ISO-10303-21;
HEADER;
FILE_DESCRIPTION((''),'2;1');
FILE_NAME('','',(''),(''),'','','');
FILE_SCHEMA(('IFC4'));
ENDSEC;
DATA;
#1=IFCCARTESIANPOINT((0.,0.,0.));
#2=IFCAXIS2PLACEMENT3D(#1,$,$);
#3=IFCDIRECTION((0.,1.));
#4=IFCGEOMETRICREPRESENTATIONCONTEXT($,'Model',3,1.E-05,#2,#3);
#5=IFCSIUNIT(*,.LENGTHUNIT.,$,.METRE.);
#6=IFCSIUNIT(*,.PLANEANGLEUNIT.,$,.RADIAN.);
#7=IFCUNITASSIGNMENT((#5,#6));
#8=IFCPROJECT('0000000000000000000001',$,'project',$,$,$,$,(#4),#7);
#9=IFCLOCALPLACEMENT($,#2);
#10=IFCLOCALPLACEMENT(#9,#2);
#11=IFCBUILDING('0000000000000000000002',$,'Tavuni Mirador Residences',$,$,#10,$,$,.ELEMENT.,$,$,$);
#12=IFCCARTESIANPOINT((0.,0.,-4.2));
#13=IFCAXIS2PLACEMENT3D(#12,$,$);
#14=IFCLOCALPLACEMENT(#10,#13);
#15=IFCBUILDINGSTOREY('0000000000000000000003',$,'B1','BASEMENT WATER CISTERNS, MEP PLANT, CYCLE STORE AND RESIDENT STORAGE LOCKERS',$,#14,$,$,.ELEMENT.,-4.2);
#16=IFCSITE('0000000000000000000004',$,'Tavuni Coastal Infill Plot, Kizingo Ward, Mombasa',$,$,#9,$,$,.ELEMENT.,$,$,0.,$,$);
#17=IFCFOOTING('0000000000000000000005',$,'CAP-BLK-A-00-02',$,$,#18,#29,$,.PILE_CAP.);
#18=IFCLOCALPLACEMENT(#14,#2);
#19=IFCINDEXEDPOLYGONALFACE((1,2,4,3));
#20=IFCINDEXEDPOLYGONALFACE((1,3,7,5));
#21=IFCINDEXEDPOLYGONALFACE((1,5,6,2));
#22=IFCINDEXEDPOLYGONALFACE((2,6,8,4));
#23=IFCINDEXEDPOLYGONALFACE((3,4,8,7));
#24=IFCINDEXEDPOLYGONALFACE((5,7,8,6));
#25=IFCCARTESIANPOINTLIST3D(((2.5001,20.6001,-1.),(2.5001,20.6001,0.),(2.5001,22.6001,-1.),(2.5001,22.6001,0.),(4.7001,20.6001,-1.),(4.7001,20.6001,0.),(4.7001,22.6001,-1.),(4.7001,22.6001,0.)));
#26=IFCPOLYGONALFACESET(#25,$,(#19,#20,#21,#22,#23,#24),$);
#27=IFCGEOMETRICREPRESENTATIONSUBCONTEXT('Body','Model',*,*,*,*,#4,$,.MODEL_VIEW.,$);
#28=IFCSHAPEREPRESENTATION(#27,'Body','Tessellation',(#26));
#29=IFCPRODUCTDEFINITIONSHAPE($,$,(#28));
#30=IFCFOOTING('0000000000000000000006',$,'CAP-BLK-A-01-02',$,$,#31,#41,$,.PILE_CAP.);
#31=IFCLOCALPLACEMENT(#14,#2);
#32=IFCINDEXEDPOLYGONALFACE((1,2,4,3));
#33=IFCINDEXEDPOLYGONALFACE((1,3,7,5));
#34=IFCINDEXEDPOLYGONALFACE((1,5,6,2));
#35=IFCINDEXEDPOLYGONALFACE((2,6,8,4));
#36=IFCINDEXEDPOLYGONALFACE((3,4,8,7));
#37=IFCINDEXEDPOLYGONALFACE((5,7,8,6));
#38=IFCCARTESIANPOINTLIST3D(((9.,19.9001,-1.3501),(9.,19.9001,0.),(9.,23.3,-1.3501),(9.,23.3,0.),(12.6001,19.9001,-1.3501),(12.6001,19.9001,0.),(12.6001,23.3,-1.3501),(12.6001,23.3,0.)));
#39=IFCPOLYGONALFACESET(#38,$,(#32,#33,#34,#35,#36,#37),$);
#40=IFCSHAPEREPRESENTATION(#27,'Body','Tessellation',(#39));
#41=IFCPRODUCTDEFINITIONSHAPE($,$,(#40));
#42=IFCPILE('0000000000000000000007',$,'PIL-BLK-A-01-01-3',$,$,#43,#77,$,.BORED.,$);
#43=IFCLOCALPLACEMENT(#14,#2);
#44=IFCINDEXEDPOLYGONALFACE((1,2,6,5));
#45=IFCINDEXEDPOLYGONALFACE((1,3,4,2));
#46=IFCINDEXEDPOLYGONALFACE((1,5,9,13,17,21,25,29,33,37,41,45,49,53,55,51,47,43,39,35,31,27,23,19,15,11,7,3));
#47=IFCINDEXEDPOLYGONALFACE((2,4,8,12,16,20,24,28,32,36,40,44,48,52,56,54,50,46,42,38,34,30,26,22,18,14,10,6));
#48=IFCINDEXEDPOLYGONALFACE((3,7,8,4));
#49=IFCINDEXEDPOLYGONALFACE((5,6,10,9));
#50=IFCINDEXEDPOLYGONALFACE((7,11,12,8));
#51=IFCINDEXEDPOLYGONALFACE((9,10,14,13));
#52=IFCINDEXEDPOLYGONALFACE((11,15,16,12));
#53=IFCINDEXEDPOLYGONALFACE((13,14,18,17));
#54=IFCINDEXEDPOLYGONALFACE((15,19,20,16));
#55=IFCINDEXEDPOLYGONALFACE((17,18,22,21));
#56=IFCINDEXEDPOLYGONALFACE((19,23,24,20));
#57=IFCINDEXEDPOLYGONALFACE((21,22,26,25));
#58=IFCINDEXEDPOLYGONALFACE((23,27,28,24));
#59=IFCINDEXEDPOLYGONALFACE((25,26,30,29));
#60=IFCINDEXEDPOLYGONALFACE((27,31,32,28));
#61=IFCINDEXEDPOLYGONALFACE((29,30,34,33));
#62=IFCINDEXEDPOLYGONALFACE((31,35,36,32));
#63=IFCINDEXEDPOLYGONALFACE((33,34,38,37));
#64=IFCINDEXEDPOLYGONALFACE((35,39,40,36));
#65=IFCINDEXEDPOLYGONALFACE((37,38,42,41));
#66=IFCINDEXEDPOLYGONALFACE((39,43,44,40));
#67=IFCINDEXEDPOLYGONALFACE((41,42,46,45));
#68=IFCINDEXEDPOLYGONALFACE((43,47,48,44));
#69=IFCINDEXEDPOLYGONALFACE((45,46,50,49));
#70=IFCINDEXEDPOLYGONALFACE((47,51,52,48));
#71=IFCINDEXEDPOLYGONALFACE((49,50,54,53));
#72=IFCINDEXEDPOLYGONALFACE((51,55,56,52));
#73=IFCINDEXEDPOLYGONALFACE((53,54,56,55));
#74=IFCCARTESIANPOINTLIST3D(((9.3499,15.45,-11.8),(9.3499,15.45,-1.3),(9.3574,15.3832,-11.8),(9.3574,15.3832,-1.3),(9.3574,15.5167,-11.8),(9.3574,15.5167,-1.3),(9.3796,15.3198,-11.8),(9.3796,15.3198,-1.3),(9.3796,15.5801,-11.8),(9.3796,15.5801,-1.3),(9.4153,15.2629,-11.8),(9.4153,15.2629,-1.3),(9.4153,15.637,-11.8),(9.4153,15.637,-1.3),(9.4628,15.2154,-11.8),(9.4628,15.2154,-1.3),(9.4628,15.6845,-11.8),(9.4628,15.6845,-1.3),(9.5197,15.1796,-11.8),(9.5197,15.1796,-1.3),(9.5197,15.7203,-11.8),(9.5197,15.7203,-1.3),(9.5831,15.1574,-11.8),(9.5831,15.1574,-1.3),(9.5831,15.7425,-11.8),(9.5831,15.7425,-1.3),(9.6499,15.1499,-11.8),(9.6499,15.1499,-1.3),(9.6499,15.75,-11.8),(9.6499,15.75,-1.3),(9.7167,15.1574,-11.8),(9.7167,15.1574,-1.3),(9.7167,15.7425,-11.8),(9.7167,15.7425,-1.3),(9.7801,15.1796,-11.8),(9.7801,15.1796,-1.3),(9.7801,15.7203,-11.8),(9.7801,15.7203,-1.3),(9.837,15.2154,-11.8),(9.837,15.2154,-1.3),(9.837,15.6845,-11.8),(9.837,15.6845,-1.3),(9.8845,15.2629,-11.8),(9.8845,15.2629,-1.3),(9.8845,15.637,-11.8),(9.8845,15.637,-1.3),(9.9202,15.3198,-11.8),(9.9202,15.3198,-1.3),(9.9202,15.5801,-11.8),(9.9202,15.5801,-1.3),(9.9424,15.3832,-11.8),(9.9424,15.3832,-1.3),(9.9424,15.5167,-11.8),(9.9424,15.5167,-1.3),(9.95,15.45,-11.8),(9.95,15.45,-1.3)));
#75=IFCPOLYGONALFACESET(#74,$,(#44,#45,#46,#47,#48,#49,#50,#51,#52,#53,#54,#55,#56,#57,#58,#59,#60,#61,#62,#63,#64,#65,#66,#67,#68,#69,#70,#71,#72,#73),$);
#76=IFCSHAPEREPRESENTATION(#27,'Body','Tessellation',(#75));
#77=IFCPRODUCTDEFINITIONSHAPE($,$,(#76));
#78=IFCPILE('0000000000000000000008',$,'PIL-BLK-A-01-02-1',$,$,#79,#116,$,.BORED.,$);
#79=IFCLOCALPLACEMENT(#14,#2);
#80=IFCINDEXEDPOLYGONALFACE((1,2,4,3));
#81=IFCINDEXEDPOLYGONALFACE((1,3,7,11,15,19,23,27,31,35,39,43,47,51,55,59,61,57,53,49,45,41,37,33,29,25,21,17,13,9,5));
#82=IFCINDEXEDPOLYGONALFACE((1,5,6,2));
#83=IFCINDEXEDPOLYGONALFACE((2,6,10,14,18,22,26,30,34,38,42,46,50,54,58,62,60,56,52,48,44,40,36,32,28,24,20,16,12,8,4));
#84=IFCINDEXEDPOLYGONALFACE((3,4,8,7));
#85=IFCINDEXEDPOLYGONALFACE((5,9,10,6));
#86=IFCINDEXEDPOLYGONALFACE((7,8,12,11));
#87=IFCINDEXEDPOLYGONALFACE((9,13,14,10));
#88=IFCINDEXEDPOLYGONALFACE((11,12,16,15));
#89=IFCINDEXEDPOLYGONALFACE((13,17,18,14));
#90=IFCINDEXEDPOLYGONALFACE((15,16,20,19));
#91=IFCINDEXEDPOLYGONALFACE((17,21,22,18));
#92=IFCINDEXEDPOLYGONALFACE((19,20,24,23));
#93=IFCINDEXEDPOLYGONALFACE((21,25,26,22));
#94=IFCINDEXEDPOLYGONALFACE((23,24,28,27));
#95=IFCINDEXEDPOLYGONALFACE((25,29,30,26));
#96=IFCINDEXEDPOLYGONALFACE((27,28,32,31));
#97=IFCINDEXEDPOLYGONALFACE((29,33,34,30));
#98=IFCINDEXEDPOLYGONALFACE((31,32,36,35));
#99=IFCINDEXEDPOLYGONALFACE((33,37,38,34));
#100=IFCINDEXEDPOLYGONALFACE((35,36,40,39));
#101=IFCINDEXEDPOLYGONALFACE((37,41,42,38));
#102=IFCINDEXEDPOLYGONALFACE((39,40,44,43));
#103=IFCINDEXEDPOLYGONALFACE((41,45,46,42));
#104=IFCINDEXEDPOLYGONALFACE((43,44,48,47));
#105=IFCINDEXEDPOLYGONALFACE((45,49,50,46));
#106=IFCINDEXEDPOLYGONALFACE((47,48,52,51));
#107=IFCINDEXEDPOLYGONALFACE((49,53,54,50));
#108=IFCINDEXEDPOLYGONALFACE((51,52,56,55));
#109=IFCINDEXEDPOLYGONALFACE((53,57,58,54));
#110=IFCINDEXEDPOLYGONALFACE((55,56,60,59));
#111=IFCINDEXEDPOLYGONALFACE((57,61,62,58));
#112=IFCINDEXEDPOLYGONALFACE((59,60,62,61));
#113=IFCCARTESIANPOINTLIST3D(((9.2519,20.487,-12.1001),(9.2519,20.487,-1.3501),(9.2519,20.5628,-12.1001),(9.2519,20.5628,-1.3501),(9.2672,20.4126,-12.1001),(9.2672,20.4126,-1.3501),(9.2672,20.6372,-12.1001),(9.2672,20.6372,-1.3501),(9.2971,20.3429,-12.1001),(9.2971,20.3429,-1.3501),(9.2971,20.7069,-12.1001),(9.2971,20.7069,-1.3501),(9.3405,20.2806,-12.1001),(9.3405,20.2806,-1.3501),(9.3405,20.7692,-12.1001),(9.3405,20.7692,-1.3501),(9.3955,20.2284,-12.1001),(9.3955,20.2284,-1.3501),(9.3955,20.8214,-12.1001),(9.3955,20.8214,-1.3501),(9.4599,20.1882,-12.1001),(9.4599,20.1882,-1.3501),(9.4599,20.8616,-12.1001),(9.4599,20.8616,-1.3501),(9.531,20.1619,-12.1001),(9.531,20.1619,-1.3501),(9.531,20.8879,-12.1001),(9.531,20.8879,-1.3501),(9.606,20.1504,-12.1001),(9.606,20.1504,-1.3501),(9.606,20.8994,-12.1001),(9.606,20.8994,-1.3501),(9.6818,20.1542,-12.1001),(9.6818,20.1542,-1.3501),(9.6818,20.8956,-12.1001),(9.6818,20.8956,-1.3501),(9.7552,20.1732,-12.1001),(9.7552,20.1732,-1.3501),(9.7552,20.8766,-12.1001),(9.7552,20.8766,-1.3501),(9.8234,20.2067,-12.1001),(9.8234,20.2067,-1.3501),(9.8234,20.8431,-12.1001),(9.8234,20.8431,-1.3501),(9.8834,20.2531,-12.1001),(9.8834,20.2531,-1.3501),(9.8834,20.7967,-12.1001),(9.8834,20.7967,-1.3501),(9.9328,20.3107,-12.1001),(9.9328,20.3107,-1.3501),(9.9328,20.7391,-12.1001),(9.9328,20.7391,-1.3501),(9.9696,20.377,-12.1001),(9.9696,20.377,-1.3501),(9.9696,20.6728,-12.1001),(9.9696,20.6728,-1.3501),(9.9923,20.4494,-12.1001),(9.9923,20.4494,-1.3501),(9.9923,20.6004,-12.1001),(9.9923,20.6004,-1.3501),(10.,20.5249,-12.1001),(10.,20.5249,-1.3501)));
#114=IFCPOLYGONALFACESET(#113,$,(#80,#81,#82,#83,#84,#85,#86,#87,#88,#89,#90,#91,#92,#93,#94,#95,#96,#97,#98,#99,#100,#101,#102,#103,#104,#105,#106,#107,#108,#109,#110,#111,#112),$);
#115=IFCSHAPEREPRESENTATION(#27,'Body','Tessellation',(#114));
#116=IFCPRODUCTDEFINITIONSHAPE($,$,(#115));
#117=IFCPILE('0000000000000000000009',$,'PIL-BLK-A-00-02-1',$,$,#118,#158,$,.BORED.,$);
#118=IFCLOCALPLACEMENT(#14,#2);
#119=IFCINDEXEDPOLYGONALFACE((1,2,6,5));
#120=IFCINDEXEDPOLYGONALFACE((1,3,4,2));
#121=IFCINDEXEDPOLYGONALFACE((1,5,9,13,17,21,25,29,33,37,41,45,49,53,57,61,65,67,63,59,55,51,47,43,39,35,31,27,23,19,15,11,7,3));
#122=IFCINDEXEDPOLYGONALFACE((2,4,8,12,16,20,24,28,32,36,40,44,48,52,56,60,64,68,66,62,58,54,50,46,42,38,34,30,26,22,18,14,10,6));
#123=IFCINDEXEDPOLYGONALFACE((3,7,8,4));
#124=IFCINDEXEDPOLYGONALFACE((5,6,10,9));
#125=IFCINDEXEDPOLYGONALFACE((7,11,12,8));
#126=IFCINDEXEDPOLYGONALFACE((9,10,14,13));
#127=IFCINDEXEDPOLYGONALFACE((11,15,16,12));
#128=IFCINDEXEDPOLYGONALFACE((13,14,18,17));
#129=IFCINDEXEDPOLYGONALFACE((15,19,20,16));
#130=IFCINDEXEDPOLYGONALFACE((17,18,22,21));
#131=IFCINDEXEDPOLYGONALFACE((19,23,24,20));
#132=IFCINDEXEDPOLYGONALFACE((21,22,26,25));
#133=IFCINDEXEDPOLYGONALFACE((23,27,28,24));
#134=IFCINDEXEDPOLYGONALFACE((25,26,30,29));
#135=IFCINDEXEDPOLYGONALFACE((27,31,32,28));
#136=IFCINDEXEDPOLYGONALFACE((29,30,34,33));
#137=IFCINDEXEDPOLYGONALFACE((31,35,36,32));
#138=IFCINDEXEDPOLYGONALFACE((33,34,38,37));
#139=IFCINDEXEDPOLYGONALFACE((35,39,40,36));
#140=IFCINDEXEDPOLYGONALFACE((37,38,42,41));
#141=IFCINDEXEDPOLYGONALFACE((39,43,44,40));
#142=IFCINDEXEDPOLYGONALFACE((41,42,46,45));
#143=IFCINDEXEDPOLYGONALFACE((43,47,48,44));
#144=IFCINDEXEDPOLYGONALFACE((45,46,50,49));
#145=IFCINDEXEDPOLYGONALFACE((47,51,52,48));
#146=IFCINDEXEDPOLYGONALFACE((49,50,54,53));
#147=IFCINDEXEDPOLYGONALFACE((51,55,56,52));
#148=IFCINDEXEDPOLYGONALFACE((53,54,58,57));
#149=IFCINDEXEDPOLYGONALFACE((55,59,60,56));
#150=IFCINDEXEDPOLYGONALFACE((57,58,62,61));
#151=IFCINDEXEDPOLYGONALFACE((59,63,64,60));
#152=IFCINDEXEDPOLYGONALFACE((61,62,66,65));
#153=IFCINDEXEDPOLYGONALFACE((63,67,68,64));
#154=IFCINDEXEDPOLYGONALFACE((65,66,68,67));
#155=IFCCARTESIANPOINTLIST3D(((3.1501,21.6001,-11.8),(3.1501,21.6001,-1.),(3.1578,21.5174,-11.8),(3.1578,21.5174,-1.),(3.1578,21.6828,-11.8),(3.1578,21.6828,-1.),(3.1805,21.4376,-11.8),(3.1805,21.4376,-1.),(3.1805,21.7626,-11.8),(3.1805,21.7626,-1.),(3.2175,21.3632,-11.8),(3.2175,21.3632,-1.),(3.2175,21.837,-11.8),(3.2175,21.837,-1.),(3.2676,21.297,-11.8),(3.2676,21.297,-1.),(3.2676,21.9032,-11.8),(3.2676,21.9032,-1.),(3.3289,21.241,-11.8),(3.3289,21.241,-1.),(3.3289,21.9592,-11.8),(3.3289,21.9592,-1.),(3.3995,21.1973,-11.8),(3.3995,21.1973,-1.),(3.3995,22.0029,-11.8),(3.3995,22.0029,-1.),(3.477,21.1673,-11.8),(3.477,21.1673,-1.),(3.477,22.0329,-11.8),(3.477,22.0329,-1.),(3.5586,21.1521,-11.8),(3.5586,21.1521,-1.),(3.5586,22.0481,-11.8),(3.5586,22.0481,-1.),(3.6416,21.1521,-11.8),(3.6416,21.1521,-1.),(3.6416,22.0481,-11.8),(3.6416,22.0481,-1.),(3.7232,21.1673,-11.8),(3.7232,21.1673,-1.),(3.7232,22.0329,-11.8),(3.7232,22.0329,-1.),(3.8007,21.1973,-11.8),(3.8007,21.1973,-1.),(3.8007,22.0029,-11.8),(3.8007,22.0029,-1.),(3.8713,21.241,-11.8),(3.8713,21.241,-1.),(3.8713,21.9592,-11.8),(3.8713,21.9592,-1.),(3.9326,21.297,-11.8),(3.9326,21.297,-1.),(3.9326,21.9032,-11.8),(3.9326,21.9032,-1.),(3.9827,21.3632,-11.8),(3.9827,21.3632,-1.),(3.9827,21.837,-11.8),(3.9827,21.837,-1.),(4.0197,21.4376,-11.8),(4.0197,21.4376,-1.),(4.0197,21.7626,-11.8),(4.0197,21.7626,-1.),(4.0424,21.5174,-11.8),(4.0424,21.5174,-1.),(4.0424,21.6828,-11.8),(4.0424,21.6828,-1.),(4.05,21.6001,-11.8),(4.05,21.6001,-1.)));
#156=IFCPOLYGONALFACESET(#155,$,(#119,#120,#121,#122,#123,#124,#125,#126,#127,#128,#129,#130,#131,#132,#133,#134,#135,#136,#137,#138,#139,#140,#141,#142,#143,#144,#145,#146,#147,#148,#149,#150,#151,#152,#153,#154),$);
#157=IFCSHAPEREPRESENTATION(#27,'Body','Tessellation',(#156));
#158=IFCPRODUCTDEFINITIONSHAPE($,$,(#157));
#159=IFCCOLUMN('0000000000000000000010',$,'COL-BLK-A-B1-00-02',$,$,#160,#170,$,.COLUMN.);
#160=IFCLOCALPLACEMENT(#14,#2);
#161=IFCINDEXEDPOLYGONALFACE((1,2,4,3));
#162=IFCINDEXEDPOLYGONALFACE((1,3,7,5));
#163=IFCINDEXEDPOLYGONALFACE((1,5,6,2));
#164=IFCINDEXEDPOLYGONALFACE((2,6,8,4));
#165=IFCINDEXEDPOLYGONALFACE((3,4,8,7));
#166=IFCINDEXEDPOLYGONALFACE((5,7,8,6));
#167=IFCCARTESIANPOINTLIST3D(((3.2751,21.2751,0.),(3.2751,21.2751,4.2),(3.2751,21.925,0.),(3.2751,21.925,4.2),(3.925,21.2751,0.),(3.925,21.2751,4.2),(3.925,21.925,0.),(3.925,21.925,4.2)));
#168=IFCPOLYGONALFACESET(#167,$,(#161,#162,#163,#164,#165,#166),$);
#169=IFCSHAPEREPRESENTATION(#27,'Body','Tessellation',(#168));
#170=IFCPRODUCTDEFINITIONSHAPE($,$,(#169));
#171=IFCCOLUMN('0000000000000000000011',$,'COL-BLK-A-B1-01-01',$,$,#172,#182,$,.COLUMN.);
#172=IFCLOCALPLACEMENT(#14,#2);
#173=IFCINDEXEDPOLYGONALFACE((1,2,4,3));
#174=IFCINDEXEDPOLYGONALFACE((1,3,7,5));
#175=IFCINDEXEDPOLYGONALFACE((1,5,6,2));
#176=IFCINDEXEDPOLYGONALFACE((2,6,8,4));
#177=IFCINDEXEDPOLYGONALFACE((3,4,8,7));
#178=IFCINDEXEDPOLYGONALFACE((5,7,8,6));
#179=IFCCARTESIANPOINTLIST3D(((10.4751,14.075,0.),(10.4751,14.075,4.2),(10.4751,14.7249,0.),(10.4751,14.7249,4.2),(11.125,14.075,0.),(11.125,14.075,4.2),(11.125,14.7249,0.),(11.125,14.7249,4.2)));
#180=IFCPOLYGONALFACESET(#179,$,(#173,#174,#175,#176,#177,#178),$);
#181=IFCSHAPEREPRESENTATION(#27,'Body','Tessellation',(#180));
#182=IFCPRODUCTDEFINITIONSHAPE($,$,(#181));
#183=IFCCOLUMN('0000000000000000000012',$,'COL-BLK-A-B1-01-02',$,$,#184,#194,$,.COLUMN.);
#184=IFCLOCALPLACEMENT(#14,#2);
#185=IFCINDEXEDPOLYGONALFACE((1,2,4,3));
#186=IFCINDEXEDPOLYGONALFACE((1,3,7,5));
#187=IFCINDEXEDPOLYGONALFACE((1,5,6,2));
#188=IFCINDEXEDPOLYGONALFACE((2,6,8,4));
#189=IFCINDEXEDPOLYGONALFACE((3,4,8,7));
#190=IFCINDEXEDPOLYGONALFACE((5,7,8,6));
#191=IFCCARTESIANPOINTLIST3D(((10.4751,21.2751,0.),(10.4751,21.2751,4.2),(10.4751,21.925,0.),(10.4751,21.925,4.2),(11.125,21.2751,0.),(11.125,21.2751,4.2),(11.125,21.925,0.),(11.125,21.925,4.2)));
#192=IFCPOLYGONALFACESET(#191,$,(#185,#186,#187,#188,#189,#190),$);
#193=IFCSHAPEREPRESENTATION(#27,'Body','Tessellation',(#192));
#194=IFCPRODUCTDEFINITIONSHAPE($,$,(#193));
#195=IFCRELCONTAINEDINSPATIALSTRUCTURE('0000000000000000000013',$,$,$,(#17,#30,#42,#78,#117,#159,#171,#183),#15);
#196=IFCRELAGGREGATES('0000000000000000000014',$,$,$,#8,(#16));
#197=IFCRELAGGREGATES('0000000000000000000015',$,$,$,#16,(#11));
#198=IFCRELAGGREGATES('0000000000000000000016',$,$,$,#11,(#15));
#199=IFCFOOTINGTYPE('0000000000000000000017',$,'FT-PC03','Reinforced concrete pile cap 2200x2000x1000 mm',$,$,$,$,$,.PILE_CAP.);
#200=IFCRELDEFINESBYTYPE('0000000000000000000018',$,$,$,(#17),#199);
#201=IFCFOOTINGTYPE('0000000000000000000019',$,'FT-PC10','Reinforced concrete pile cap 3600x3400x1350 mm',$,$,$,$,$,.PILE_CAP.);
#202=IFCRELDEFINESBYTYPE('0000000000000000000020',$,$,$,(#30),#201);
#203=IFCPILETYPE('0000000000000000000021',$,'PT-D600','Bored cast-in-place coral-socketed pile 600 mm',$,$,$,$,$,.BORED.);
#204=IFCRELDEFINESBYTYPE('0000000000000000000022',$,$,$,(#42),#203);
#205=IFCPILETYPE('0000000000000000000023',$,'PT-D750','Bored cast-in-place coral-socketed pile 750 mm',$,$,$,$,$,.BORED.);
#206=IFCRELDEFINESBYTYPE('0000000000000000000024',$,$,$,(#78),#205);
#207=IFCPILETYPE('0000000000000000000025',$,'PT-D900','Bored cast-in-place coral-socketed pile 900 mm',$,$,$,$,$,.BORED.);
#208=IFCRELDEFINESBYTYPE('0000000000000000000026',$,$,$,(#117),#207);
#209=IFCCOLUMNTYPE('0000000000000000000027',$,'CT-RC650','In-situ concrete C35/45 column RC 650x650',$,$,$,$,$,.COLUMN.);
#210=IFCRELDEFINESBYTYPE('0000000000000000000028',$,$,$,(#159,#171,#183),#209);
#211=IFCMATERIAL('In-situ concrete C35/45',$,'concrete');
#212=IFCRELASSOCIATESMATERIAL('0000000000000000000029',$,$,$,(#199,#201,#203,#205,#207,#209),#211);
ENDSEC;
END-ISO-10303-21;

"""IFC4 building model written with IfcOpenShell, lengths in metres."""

from ifc_helpers import new_model, si_unit, direction, frame, origin, origin_2d, place, context, subcontext, project, spatial, rectangle, circle, extrude, material, material_profile, profile_set, type_object, element, save


model = new_model("IFC4")

# Units and contexts
model_context = context("Model", 3, precision=1e-05, world=origin(), true_north=direction((0.0, 1.0)))
body_context = subcontext(model_context, "Body", "Model", "MODEL_VIEW")
ifc_project = project(units=[si_unit("LENGTHUNIT", "METRE"), si_unit("PLANEANGLEUNIT", "RADIAN")], contexts=[model_context])

# Site, building, storey
site_placement = place(None, origin())
site = spatial("IfcSite", under=ifc_project, at=site_placement, Name="Tavuni Coastal Infill Plot, Kizingo Ward, Mombasa", CompositionType="ELEMENT", RefElevation=0.0)
building_placement = place(site_placement, origin())
building = spatial("IfcBuilding", under=site, at=building_placement, Name="Tavuni Mirador Residences", CompositionType="ELEMENT")
storey_placement = place(building_placement, frame((0.0, 0.0, -4.2)))
storey = spatial("IfcBuildingStorey", under=building, at=storey_placement, Name="B1", Description="BASEMENT WATER CISTERNS, MEP PLANT, CYCLE STORE AND RESIDENT STORAGE LOCKERS", CompositionType="ELEMENT", Elevation=-4.2)

# Footings
ifc_material_1 = material(Name="In-situ concrete C35/45", Category="concrete")
footing_type_1 = type_object("IfcFootingType", Name="FT-PC03", Description="Reinforced concrete pile cap 2200x2000x1000 mm", PredefinedType="PILE_CAP", material=ifc_material_1)
footing_1_placement = place(storey_placement, frame((3.6001, 21.6001, -1.0), z_axis=(0.0, 0.0, 1.0), x_axis=(1.0, 0.0, 0.0)))
element("IfcFooting", 1, at=footing_1_placement, inside=storey, type_object=footing_type_1, Name="CAP-BLK-A-00-02", PredefinedType="PILE_CAP", context=body_context, shape_type="SweptSolid", body=[
    extrude(rectangle(XDim=2.2, YDim=2.0, at=origin_2d()), origin(), (0.0, 0.0, 1.0), 1.0),
])
footing_type_2 = type_object("IfcFootingType", Name="FT-PC10", Description="Reinforced concrete pile cap 3600x3400x1350 mm", PredefinedType="PILE_CAP", material=ifc_material_1)
footing_2_placement = place(storey_placement, frame((10.8, 21.6001, -1.3501), z_axis=(0.0, 0.0, 1.0), x_axis=(1.0, 0.0, 0.0)))
element("IfcFooting", 2, at=footing_2_placement, inside=storey, type_object=footing_type_2, Name="CAP-BLK-A-01-02", PredefinedType="PILE_CAP", context=body_context, shape_type="SweptSolid", body=[
    extrude(rectangle(XDim=3.6001, YDim=3.3999, at=origin_2d()), origin(), (0.0, 0.0, 1.0), 1.3501),
])

# Piles
ifc_material_profile_1 = material_profile(ifc_material_1, circle(Radius=0.3, at=origin_2d()), Name="PILE D600", Category="concrete")
ifc_profile_set_1 = profile_set([ifc_material_profile_1], Name="In-situ concrete C35/45")
pile_type_1 = type_object("IfcPileType", Name="PT-D600", Description="Bored cast-in-place coral-socketed pile 600 mm", PredefinedType="BORED", material=ifc_profile_set_1)
pile_1_placement = place(storey_placement, frame((9.6499, 15.45, -1.3), z_axis=(0.0, 0.0, -1.0), x_axis=(1.0, 0.0, 0.0)))
element("IfcPile", 3, at=pile_1_placement, inside=storey, type_object=pile_type_1, Name="PIL-BLK-A-01-01-3", PredefinedType="BORED", context=body_context, shape_type="SweptSolid", body=[
    extrude(circle(Radius=0.3, at=origin_2d()), origin(), (0.0, 0.0, 1.0), 10.5),
])
ifc_material_profile_2 = material_profile(ifc_material_1, circle(Radius=0.375, at=origin_2d()), Name="PILE D750", Category="concrete")
ifc_profile_set_2 = profile_set([ifc_material_profile_2], Name="In-situ concrete C35/45")
pile_type_2 = type_object("IfcPileType", Name="PT-D750", Description="Bored cast-in-place coral-socketed pile 750 mm", PredefinedType="BORED", material=ifc_profile_set_2)
pile_2_placement = place(storey_placement, frame((9.625, 20.5249, -1.3501), z_axis=(0.0, 0.0, -1.0), x_axis=(1.0, 0.0, 0.0)))
element("IfcPile", 4, at=pile_2_placement, inside=storey, type_object=pile_type_2, Name="PIL-BLK-A-01-02-1", PredefinedType="BORED", context=body_context, shape_type="SweptSolid", body=[
    extrude(circle(Radius=0.375, at=origin_2d()), origin(), (0.0, 0.0, 1.0), 10.75),
])
ifc_material_profile_3 = material_profile(ifc_material_1, circle(Radius=0.45, at=origin_2d()), Name="PILE D900", Category="concrete")
ifc_profile_set_3 = profile_set([ifc_material_profile_3], Name="In-situ concrete C35/45")
pile_type_3 = type_object("IfcPileType", Name="PT-D900", Description="Bored cast-in-place coral-socketed pile 900 mm", PredefinedType="BORED", material=ifc_profile_set_3)
pile_3_placement = place(storey_placement, frame((3.6001, 21.6001, -1.0), z_axis=(0.0, 0.0, -1.0), x_axis=(1.0, 0.0, 0.0)))
element("IfcPile", 5, at=pile_3_placement, inside=storey, type_object=pile_type_3, Name="PIL-BLK-A-00-02-1", PredefinedType="BORED", context=body_context, shape_type="SweptSolid", body=[
    extrude(circle(Radius=0.45, at=origin_2d()), origin(), (0.0, 0.0, 1.0), 10.8),
])

# Columns
ifc_material_profile_4 = material_profile(ifc_material_1, rectangle(XDim=0.6499, YDim=0.6499, at=origin_2d()), Name="RC 650x650", Category="concrete")
ifc_profile_set_4 = profile_set([ifc_material_profile_4], Name="In-situ concrete C35/45")
column_type = type_object("IfcColumnType", Name="CT-RC650", Description="In-situ concrete C35/45 column RC 650x650", PredefinedType="COLUMN", material=ifc_profile_set_4)
for number, where, z_axis, x_axis, name in (
    (6, (3.6001, 21.6001, 0.0), (0.0, 0.0, 1.0), (1.0, 0.0, 0.0), "COL-BLK-A-B1-00-02"),
    (7, (10.8, 14.3999, 0.0), (0.0, 0.0, 1.0), (1.0, 0.0, 0.0), "COL-BLK-A-B1-01-01"),
    (8, (10.8, 21.6001, 0.0), (0.0, 0.0, 1.0), (1.0, 0.0, 0.0), "COL-BLK-A-B1-01-02"),
):
    element("IfcColumn", number, at=place(storey_placement, frame(where, z_axis=z_axis, x_axis=x_axis)), inside=storey, type_object=column_type, Name=name, PredefinedType="COLUMN", context=body_context, shape_type="SweptSolid", body=[
        extrude(rectangle(XDim=0.6499, YDim=0.6499, at=origin_2d()), origin(), (0.0, 0.0, 1.0), 4.2),
    ])

save(model, "model.ifc")
